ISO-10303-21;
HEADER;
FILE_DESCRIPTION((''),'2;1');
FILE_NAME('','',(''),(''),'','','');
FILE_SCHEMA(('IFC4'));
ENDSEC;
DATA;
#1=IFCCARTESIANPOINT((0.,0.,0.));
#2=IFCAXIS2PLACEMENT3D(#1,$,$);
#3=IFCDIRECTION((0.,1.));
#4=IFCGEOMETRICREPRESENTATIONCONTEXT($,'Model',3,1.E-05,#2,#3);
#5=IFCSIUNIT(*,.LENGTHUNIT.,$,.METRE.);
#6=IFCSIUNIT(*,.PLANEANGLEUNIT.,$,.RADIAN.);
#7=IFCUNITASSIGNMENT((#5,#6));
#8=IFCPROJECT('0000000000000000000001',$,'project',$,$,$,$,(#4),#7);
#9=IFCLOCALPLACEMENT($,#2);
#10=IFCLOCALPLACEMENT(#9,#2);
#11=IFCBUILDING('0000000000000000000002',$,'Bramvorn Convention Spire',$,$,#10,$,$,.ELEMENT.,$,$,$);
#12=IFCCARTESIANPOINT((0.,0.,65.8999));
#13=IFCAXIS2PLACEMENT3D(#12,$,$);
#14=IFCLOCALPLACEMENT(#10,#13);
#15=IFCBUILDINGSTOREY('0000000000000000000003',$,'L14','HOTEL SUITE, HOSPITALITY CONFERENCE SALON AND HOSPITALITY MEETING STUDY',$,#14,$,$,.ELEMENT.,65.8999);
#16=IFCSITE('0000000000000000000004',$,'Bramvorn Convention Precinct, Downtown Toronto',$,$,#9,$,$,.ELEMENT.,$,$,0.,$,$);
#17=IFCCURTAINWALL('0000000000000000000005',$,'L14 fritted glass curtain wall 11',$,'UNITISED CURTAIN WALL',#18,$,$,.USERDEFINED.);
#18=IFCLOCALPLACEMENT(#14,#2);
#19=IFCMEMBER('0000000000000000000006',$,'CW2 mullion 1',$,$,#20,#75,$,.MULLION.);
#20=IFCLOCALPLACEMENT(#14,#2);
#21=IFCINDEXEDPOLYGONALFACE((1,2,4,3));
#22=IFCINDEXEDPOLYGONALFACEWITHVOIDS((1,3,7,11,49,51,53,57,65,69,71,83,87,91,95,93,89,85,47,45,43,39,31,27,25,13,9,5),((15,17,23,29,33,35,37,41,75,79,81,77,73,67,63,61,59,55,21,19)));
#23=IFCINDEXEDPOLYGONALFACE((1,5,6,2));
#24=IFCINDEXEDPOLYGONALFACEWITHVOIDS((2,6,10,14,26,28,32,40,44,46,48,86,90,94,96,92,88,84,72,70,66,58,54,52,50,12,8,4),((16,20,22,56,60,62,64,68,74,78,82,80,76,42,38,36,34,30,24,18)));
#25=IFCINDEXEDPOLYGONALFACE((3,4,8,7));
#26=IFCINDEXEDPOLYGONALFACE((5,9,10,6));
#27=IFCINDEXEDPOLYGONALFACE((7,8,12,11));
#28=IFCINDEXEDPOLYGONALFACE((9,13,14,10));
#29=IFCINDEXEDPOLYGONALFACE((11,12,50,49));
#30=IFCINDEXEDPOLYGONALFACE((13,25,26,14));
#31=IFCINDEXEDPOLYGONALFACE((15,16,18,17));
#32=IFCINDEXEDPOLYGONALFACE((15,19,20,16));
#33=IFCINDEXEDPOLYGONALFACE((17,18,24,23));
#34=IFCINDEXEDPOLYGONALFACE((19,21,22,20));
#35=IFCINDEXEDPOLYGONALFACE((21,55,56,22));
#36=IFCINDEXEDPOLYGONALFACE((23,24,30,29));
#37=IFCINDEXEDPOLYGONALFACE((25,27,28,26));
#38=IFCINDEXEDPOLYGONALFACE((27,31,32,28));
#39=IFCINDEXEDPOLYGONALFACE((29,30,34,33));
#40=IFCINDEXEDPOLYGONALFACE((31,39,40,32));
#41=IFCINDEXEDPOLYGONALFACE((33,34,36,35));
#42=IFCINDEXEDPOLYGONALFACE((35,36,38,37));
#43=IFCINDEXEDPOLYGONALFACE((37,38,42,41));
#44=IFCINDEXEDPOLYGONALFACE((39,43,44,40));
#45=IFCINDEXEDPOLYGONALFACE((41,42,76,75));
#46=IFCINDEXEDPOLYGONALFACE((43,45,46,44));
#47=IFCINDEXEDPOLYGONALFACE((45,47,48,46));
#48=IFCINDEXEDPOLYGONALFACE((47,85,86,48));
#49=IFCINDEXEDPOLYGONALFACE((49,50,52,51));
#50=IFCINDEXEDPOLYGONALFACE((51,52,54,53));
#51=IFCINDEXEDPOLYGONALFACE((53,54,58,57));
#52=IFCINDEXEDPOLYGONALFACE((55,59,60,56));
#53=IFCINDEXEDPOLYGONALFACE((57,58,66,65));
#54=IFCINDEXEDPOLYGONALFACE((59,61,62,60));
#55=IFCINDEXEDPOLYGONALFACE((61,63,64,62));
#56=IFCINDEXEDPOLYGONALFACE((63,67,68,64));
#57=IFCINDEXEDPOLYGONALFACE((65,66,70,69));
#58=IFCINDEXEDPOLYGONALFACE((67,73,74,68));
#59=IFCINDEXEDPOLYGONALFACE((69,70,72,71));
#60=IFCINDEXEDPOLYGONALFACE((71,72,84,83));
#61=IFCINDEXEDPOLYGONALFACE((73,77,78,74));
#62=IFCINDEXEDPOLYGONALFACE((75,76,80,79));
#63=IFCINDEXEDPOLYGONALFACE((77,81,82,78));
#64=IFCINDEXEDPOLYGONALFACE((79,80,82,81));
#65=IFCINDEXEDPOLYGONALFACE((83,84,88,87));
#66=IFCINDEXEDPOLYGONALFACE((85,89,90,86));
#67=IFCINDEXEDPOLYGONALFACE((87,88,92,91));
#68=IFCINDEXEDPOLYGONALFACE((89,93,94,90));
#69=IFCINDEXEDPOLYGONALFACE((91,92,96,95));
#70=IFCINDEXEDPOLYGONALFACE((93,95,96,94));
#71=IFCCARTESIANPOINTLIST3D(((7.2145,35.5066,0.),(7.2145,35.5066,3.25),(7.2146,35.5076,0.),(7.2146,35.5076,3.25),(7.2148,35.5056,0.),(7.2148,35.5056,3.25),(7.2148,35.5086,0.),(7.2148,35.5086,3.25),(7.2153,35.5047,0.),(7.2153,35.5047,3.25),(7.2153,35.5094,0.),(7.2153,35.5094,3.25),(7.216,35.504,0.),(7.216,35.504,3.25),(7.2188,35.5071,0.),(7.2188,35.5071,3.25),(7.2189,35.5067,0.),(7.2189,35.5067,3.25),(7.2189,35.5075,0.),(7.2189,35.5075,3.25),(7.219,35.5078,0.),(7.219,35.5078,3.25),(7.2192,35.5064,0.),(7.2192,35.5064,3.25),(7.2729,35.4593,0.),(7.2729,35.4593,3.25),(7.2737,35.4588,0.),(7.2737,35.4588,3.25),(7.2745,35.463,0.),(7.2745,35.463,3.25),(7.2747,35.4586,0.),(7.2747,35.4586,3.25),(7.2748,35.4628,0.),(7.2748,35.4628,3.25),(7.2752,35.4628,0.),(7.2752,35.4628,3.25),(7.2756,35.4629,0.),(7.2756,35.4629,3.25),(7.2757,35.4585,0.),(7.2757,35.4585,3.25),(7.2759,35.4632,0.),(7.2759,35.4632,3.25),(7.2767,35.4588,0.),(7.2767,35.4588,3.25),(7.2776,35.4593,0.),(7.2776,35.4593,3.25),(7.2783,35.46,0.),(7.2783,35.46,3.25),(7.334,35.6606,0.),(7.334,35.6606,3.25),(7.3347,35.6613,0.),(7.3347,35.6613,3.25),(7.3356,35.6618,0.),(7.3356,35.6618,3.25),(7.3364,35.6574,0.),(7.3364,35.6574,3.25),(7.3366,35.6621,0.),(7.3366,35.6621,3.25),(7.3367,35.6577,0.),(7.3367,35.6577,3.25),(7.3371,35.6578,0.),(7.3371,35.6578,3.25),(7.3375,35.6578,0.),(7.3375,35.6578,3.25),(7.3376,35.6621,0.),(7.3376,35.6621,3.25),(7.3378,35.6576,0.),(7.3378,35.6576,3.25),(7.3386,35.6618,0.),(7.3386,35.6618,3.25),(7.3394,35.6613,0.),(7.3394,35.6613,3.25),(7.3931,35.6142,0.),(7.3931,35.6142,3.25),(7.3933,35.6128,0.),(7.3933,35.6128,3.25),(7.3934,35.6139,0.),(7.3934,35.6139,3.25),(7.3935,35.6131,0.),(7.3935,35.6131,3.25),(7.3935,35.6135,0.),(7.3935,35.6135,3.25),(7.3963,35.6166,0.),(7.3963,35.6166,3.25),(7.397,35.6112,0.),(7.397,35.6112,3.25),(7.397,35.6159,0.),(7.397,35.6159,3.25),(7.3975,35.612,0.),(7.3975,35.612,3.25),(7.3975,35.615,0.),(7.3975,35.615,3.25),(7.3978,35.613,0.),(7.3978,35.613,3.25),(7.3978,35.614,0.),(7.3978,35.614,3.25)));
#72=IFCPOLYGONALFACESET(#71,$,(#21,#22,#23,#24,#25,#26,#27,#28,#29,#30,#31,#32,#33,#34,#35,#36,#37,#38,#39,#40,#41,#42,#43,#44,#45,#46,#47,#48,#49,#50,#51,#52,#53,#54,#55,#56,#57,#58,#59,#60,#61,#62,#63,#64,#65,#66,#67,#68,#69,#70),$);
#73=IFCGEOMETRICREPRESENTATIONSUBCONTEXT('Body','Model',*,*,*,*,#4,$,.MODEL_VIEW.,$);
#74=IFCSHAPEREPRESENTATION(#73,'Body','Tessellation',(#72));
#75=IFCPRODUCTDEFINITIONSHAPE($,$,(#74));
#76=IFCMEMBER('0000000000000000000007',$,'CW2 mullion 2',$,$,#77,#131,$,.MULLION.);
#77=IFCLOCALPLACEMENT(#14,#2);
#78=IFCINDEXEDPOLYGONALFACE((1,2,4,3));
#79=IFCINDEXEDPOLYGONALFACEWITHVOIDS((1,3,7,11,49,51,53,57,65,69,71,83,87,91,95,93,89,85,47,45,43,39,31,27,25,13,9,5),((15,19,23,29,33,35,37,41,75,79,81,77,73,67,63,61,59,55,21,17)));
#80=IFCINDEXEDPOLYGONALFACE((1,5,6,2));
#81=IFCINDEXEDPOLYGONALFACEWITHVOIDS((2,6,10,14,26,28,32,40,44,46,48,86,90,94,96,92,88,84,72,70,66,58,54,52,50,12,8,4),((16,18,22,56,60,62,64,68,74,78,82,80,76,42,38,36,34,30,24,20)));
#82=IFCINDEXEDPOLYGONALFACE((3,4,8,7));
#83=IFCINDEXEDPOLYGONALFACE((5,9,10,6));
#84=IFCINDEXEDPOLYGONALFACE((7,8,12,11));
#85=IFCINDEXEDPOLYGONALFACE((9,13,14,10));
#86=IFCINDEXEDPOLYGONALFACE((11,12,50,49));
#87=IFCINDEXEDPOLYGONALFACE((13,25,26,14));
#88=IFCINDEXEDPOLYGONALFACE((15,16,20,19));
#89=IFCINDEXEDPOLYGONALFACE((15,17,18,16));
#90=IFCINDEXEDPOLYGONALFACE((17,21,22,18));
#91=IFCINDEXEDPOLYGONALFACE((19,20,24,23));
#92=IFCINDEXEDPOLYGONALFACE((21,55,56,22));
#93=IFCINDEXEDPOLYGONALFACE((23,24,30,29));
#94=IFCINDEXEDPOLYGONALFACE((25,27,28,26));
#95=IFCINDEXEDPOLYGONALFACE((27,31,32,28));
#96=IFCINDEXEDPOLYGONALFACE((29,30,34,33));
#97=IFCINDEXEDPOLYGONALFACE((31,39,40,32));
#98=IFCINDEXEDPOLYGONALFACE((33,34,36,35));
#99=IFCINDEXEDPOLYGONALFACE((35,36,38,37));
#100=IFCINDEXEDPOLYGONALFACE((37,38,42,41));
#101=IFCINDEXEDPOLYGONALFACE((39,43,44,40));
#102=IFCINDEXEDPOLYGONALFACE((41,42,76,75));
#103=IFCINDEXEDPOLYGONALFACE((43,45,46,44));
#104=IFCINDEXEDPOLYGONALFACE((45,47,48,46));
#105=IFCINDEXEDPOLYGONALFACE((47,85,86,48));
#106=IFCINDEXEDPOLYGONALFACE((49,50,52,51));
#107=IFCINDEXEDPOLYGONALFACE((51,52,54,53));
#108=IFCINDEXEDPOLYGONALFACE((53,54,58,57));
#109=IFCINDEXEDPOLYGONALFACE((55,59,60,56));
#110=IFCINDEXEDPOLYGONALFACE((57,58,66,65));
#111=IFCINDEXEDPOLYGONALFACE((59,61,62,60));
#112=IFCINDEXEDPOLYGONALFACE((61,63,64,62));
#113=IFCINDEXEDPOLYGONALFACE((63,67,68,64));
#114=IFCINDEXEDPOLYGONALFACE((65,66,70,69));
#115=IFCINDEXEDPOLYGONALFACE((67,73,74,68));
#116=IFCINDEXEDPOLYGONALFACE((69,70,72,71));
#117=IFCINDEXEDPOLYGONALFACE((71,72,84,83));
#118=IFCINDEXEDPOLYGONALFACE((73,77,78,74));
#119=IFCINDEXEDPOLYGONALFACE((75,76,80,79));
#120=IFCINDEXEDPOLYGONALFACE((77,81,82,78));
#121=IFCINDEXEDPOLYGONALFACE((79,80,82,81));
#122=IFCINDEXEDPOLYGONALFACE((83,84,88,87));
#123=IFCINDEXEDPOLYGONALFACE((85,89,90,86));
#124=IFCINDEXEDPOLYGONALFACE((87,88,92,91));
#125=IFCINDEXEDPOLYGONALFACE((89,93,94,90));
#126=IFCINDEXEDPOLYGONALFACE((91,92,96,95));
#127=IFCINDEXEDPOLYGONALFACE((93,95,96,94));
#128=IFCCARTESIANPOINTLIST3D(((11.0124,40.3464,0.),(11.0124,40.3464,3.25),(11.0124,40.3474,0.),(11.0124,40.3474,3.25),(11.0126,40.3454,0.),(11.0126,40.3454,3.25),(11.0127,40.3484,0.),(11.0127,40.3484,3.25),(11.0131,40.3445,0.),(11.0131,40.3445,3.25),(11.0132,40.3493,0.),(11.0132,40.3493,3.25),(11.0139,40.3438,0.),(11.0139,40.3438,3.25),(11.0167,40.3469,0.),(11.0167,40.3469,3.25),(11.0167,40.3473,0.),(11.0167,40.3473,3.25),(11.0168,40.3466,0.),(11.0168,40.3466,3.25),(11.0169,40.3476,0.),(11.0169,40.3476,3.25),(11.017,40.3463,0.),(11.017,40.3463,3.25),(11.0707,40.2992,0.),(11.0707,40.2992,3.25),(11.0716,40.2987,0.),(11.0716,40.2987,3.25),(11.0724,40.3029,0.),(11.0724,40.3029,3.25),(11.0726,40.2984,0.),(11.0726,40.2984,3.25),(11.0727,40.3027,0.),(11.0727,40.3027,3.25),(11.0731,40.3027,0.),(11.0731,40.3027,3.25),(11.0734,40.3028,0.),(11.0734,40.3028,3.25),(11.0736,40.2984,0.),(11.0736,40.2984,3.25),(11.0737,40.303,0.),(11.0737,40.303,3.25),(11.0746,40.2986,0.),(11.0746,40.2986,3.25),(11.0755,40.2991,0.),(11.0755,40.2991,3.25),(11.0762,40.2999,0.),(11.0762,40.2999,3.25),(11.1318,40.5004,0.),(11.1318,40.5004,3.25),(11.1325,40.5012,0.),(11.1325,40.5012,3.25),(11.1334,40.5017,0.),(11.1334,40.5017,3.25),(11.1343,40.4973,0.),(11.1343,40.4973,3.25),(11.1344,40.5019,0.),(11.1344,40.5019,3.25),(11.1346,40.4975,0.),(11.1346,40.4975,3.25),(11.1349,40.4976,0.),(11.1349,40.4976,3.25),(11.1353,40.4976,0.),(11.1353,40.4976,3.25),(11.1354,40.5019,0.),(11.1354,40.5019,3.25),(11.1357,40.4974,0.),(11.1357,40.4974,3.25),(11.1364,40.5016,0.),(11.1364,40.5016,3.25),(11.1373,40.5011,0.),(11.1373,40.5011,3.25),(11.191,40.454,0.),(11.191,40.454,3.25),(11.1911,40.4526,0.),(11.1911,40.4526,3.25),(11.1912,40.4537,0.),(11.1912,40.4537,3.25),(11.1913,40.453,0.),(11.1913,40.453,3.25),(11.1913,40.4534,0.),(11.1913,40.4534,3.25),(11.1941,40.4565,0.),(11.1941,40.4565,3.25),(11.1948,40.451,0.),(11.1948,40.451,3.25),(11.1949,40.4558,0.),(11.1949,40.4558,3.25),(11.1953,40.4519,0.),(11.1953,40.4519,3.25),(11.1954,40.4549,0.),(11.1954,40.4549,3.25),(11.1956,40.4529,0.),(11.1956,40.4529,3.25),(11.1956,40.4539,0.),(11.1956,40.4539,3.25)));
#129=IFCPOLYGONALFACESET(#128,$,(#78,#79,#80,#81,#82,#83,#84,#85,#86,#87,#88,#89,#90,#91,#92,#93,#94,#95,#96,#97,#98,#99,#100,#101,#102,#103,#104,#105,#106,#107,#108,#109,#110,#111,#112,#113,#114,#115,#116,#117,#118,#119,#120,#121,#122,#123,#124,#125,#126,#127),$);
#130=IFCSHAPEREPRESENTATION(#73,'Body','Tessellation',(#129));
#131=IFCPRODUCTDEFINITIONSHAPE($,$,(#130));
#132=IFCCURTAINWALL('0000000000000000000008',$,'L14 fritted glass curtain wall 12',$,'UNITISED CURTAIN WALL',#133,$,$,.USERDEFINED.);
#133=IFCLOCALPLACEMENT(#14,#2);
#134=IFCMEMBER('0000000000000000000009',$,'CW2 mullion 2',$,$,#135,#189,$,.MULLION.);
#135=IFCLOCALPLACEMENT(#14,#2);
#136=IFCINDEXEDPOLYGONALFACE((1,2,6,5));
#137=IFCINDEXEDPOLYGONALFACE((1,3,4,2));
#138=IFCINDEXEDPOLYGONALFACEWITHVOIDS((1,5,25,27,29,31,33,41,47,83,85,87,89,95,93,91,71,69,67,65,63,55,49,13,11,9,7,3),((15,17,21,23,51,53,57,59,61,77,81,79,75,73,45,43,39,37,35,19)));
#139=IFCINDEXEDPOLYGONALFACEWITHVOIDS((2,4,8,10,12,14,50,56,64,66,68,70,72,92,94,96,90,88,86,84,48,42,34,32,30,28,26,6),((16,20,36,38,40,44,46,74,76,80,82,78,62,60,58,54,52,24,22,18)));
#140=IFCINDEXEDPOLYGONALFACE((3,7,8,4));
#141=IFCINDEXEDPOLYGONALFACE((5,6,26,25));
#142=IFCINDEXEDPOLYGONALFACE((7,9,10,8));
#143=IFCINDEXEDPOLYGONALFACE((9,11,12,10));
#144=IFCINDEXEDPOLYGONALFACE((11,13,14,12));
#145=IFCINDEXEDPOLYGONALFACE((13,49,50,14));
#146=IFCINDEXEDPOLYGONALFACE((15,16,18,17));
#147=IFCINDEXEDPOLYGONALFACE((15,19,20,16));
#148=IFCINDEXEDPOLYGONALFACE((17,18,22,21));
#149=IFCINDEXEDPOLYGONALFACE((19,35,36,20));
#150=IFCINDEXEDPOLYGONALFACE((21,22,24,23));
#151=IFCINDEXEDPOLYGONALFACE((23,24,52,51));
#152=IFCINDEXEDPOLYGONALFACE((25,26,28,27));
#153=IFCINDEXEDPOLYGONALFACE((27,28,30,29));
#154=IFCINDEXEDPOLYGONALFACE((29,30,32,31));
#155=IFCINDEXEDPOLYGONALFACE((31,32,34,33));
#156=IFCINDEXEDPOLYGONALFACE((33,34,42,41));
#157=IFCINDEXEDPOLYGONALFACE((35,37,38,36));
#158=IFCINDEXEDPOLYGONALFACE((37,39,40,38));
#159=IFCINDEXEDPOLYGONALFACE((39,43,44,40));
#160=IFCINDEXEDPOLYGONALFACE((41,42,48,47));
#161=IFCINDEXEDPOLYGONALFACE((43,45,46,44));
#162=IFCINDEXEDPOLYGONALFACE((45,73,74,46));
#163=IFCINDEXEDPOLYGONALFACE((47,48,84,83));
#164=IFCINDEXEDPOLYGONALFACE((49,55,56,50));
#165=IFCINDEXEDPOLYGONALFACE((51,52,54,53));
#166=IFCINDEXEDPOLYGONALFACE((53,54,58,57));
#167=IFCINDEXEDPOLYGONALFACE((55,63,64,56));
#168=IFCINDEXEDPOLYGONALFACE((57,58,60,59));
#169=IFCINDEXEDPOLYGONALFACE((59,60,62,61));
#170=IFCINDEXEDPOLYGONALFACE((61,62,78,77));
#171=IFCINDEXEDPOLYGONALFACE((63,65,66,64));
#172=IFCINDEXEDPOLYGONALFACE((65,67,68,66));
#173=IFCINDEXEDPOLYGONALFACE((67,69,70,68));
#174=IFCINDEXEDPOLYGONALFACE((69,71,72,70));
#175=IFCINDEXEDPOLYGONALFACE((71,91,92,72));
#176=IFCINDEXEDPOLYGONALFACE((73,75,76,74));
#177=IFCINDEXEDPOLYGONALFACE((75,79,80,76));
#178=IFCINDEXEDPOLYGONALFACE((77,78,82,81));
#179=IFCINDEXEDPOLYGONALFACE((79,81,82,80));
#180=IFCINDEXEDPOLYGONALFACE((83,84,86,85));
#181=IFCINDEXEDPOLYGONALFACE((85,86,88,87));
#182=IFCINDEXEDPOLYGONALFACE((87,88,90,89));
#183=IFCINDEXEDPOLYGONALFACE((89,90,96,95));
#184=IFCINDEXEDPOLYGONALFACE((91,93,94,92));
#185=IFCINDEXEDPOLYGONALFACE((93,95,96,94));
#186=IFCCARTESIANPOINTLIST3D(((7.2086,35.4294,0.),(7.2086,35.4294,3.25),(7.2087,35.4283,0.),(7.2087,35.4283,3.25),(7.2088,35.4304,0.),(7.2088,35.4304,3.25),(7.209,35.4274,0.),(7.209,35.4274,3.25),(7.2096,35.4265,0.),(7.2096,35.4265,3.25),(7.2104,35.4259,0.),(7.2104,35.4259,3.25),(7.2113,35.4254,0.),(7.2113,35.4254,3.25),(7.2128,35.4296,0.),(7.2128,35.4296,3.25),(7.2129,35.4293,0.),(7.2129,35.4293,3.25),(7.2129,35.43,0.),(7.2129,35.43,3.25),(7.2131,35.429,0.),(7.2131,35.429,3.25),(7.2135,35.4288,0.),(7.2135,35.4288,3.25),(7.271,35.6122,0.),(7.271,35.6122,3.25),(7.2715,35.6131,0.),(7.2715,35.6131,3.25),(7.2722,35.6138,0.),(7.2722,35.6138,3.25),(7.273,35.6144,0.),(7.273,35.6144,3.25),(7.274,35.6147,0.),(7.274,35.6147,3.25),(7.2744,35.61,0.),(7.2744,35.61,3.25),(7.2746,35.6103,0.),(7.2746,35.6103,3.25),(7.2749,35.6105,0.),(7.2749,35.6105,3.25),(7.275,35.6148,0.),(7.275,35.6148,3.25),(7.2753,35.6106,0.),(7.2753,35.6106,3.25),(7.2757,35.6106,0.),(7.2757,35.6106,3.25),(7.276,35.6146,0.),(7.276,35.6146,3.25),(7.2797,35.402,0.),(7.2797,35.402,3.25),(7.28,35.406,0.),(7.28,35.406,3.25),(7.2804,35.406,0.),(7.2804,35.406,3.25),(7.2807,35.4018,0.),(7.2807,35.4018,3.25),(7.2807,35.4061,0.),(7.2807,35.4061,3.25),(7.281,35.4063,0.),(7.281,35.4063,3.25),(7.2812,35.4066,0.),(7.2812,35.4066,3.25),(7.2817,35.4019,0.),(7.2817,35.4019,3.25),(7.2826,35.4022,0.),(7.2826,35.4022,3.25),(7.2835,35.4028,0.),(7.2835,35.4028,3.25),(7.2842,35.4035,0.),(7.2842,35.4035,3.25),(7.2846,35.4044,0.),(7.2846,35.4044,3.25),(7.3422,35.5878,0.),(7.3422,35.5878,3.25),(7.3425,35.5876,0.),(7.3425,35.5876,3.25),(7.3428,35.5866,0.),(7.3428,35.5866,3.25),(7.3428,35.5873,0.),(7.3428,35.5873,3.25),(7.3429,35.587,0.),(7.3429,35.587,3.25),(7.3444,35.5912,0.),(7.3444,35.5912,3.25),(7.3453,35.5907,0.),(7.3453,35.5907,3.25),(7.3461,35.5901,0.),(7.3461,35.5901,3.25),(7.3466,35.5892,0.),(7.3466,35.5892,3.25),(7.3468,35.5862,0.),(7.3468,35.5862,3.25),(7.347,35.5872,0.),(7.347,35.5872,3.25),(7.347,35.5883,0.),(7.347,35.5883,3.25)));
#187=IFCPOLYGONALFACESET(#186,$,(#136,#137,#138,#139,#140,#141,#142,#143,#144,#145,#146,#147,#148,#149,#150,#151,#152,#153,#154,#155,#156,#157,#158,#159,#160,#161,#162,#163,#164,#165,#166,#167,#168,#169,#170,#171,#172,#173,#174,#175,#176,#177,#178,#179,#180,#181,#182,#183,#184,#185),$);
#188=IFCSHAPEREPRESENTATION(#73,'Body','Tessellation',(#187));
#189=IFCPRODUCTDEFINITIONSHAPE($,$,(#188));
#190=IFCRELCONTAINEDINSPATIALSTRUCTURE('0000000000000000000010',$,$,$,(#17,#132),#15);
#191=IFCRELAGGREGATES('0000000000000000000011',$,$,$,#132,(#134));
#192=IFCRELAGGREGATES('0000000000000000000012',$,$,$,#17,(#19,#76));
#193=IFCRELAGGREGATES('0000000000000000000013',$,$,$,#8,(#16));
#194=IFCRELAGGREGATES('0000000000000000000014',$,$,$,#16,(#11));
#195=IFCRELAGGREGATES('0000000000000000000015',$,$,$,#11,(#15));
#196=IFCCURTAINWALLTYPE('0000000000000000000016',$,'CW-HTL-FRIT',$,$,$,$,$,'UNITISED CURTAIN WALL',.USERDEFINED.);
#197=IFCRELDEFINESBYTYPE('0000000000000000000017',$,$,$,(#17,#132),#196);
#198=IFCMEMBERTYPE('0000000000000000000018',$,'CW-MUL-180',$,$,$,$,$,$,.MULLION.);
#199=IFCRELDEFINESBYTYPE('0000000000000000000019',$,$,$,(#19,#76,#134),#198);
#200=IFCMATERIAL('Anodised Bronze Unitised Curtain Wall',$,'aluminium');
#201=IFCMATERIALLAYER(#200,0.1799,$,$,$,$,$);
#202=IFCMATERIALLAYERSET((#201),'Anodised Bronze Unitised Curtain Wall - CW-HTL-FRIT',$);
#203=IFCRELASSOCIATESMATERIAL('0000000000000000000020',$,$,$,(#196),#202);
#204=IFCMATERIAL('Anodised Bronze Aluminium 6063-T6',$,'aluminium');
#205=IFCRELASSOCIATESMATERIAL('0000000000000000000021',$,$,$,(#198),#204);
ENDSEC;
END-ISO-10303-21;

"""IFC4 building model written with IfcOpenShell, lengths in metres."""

from ifc_helpers import new_model, si_unit, direction, frame, origin, origin_2d, place, context, subcontext, project, spatial, hollow_rectangle, extrude, material, layer, layer_set, material_profile, profile_set, type_object, element, aggregate, save


model = new_model("IFC4")

# Units and contexts
model_context = context("Model", 3, precision=1e-05, world=origin(), true_north=direction((0.0, 1.0)))
body_context = subcontext(model_context, "Body", "Model", "MODEL_VIEW")
ifc_project = project(units=[si_unit("LENGTHUNIT", "METRE"), si_unit("PLANEANGLEUNIT", "RADIAN")], contexts=[model_context])

# Site, building, storey
site_placement = place(None, origin())
site = spatial("IfcSite", under=ifc_project, at=site_placement, Name="Bramvorn Convention Precinct, Downtown Toronto", CompositionType="ELEMENT", RefElevation=0.0)
building_placement = place(site_placement, origin())
building = spatial("IfcBuilding", under=site, at=building_placement, Name="Bramvorn Convention Spire", CompositionType="ELEMENT")
storey_placement = place(building_placement, frame((0.0, 0.0, 65.8999)))
storey = spatial("IfcBuildingStorey", under=building, at=storey_placement, Name="L14", Description="HOTEL SUITE, HOSPITALITY CONFERENCE SALON AND HOSPITALITY MEETING STUDY", CompositionType="ELEMENT", Elevation=65.8999)

# Curtain wall, members
ifc_material_1 = material(Name="Anodised Bronze Unitised Curtain Wall", Category="aluminium")
ifc_layer_1 = layer(ifc_material_1, 0.1799)
ifc_layer_set_1 = layer_set([ifc_layer_1], Name="Anodised Bronze Unitised Curtain Wall - CW-HTL-FRIT")
curtain_wall_type = type_object("IfcCurtainWallType", Name="CW-HTL-FRIT", ElementType="UNITISED CURTAIN WALL", PredefinedType="USERDEFINED", material=ifc_layer_set_1)
curtain_wall_1_placement = place(storey_placement, origin())
curtain_wall_1 = element("IfcCurtainWall", 1, at=curtain_wall_1_placement, inside=storey, type_object=curtain_wall_type, Name="L14 fritted glass curtain wall 11", ObjectType="UNITISED CURTAIN WALL", PredefinedType="USERDEFINED")
ifc_material_2 = material(Name="Anodised Bronze Aluminium 6063-T6", Category="aluminium")
ifc_material_profile_1 = material_profile(ifc_material_2, hollow_rectangle(XDim=0.0801, YDim=0.2, WallThickness=0.0039, InnerFilletRadius=0.001, OuterFilletRadius=0.0039, at=origin_2d()))
ifc_profile_set_1 = profile_set([ifc_material_profile_1], Name="Anodised Bronze Aluminium 6063-T6 - CWM80X200")
member_type_1 = type_object("IfcMemberType", Name="CW-MUL-180", PredefinedType="MULLION", material=ifc_profile_set_1)
member_1_placement = place(storey_placement, frame((7.3062, 35.5603, 0.0), z_axis=(0.0, 0.0, 1.0), x_axis=(-0.7867, 0.617335, 0.0)))
member_1 = element("IfcMember", 2, at=member_1_placement, type_object=member_type_1, Name="CW2 mullion 1", PredefinedType="MULLION", context=body_context, shape_type="SweptSolid", body=[
    extrude(hollow_rectangle(XDim=0.0801, YDim=0.2, WallThickness=0.0039, InnerFilletRadius=0.001, OuterFilletRadius=0.0039, at=origin_2d()), origin(), (0.0, 0.0, 1.0), 3.25),
])
member_2_placement = place(storey_placement, frame((11.104, 40.4001, 0.0), z_axis=(0.0, 0.0, 1.0), x_axis=(-0.7867, 0.617335, 0.0)))
member_2 = element("IfcMember", 3, at=member_2_placement, type_object=member_type_1, Name="CW2 mullion 2", PredefinedType="MULLION", context=body_context, shape_type="SweptSolid", body=[
    extrude(hollow_rectangle(XDim=0.0801, YDim=0.2, WallThickness=0.0039, InnerFilletRadius=0.001, OuterFilletRadius=0.0039, at=origin_2d()), origin(), (0.0, 0.0, 1.0), 3.25),
])

# Curtain wall, member
curtain_wall_2_placement = place(storey_placement, origin())
curtain_wall_2 = element("IfcCurtainWall", 4, at=curtain_wall_2_placement, inside=storey, type_object=curtain_wall_type, Name="L14 fritted glass curtain wall 12", ObjectType="UNITISED CURTAIN WALL", PredefinedType="USERDEFINED")
member_3_placement = place(storey_placement, frame((7.2778, 35.5083, 0.0), z_axis=(0.0, 0.0, 1.0), x_axis=(-0.946154, 0.323716, 0.0)))
member_3 = element("IfcMember", 5, at=member_3_placement, type_object=member_type_1, Name="CW2 mullion 2", PredefinedType="MULLION", context=body_context, shape_type="SweptSolid", body=[
    extrude(hollow_rectangle(XDim=0.0801, YDim=0.2, WallThickness=0.0039, InnerFilletRadius=0.001, OuterFilletRadius=0.0039, at=origin_2d()), origin(), (0.0, 0.0, 1.0), 3.25),
])
aggregate(curtain_wall_2, [member_3])

aggregate(curtain_wall_1, [member_1, member_2])

save(model, "model.ifc")
